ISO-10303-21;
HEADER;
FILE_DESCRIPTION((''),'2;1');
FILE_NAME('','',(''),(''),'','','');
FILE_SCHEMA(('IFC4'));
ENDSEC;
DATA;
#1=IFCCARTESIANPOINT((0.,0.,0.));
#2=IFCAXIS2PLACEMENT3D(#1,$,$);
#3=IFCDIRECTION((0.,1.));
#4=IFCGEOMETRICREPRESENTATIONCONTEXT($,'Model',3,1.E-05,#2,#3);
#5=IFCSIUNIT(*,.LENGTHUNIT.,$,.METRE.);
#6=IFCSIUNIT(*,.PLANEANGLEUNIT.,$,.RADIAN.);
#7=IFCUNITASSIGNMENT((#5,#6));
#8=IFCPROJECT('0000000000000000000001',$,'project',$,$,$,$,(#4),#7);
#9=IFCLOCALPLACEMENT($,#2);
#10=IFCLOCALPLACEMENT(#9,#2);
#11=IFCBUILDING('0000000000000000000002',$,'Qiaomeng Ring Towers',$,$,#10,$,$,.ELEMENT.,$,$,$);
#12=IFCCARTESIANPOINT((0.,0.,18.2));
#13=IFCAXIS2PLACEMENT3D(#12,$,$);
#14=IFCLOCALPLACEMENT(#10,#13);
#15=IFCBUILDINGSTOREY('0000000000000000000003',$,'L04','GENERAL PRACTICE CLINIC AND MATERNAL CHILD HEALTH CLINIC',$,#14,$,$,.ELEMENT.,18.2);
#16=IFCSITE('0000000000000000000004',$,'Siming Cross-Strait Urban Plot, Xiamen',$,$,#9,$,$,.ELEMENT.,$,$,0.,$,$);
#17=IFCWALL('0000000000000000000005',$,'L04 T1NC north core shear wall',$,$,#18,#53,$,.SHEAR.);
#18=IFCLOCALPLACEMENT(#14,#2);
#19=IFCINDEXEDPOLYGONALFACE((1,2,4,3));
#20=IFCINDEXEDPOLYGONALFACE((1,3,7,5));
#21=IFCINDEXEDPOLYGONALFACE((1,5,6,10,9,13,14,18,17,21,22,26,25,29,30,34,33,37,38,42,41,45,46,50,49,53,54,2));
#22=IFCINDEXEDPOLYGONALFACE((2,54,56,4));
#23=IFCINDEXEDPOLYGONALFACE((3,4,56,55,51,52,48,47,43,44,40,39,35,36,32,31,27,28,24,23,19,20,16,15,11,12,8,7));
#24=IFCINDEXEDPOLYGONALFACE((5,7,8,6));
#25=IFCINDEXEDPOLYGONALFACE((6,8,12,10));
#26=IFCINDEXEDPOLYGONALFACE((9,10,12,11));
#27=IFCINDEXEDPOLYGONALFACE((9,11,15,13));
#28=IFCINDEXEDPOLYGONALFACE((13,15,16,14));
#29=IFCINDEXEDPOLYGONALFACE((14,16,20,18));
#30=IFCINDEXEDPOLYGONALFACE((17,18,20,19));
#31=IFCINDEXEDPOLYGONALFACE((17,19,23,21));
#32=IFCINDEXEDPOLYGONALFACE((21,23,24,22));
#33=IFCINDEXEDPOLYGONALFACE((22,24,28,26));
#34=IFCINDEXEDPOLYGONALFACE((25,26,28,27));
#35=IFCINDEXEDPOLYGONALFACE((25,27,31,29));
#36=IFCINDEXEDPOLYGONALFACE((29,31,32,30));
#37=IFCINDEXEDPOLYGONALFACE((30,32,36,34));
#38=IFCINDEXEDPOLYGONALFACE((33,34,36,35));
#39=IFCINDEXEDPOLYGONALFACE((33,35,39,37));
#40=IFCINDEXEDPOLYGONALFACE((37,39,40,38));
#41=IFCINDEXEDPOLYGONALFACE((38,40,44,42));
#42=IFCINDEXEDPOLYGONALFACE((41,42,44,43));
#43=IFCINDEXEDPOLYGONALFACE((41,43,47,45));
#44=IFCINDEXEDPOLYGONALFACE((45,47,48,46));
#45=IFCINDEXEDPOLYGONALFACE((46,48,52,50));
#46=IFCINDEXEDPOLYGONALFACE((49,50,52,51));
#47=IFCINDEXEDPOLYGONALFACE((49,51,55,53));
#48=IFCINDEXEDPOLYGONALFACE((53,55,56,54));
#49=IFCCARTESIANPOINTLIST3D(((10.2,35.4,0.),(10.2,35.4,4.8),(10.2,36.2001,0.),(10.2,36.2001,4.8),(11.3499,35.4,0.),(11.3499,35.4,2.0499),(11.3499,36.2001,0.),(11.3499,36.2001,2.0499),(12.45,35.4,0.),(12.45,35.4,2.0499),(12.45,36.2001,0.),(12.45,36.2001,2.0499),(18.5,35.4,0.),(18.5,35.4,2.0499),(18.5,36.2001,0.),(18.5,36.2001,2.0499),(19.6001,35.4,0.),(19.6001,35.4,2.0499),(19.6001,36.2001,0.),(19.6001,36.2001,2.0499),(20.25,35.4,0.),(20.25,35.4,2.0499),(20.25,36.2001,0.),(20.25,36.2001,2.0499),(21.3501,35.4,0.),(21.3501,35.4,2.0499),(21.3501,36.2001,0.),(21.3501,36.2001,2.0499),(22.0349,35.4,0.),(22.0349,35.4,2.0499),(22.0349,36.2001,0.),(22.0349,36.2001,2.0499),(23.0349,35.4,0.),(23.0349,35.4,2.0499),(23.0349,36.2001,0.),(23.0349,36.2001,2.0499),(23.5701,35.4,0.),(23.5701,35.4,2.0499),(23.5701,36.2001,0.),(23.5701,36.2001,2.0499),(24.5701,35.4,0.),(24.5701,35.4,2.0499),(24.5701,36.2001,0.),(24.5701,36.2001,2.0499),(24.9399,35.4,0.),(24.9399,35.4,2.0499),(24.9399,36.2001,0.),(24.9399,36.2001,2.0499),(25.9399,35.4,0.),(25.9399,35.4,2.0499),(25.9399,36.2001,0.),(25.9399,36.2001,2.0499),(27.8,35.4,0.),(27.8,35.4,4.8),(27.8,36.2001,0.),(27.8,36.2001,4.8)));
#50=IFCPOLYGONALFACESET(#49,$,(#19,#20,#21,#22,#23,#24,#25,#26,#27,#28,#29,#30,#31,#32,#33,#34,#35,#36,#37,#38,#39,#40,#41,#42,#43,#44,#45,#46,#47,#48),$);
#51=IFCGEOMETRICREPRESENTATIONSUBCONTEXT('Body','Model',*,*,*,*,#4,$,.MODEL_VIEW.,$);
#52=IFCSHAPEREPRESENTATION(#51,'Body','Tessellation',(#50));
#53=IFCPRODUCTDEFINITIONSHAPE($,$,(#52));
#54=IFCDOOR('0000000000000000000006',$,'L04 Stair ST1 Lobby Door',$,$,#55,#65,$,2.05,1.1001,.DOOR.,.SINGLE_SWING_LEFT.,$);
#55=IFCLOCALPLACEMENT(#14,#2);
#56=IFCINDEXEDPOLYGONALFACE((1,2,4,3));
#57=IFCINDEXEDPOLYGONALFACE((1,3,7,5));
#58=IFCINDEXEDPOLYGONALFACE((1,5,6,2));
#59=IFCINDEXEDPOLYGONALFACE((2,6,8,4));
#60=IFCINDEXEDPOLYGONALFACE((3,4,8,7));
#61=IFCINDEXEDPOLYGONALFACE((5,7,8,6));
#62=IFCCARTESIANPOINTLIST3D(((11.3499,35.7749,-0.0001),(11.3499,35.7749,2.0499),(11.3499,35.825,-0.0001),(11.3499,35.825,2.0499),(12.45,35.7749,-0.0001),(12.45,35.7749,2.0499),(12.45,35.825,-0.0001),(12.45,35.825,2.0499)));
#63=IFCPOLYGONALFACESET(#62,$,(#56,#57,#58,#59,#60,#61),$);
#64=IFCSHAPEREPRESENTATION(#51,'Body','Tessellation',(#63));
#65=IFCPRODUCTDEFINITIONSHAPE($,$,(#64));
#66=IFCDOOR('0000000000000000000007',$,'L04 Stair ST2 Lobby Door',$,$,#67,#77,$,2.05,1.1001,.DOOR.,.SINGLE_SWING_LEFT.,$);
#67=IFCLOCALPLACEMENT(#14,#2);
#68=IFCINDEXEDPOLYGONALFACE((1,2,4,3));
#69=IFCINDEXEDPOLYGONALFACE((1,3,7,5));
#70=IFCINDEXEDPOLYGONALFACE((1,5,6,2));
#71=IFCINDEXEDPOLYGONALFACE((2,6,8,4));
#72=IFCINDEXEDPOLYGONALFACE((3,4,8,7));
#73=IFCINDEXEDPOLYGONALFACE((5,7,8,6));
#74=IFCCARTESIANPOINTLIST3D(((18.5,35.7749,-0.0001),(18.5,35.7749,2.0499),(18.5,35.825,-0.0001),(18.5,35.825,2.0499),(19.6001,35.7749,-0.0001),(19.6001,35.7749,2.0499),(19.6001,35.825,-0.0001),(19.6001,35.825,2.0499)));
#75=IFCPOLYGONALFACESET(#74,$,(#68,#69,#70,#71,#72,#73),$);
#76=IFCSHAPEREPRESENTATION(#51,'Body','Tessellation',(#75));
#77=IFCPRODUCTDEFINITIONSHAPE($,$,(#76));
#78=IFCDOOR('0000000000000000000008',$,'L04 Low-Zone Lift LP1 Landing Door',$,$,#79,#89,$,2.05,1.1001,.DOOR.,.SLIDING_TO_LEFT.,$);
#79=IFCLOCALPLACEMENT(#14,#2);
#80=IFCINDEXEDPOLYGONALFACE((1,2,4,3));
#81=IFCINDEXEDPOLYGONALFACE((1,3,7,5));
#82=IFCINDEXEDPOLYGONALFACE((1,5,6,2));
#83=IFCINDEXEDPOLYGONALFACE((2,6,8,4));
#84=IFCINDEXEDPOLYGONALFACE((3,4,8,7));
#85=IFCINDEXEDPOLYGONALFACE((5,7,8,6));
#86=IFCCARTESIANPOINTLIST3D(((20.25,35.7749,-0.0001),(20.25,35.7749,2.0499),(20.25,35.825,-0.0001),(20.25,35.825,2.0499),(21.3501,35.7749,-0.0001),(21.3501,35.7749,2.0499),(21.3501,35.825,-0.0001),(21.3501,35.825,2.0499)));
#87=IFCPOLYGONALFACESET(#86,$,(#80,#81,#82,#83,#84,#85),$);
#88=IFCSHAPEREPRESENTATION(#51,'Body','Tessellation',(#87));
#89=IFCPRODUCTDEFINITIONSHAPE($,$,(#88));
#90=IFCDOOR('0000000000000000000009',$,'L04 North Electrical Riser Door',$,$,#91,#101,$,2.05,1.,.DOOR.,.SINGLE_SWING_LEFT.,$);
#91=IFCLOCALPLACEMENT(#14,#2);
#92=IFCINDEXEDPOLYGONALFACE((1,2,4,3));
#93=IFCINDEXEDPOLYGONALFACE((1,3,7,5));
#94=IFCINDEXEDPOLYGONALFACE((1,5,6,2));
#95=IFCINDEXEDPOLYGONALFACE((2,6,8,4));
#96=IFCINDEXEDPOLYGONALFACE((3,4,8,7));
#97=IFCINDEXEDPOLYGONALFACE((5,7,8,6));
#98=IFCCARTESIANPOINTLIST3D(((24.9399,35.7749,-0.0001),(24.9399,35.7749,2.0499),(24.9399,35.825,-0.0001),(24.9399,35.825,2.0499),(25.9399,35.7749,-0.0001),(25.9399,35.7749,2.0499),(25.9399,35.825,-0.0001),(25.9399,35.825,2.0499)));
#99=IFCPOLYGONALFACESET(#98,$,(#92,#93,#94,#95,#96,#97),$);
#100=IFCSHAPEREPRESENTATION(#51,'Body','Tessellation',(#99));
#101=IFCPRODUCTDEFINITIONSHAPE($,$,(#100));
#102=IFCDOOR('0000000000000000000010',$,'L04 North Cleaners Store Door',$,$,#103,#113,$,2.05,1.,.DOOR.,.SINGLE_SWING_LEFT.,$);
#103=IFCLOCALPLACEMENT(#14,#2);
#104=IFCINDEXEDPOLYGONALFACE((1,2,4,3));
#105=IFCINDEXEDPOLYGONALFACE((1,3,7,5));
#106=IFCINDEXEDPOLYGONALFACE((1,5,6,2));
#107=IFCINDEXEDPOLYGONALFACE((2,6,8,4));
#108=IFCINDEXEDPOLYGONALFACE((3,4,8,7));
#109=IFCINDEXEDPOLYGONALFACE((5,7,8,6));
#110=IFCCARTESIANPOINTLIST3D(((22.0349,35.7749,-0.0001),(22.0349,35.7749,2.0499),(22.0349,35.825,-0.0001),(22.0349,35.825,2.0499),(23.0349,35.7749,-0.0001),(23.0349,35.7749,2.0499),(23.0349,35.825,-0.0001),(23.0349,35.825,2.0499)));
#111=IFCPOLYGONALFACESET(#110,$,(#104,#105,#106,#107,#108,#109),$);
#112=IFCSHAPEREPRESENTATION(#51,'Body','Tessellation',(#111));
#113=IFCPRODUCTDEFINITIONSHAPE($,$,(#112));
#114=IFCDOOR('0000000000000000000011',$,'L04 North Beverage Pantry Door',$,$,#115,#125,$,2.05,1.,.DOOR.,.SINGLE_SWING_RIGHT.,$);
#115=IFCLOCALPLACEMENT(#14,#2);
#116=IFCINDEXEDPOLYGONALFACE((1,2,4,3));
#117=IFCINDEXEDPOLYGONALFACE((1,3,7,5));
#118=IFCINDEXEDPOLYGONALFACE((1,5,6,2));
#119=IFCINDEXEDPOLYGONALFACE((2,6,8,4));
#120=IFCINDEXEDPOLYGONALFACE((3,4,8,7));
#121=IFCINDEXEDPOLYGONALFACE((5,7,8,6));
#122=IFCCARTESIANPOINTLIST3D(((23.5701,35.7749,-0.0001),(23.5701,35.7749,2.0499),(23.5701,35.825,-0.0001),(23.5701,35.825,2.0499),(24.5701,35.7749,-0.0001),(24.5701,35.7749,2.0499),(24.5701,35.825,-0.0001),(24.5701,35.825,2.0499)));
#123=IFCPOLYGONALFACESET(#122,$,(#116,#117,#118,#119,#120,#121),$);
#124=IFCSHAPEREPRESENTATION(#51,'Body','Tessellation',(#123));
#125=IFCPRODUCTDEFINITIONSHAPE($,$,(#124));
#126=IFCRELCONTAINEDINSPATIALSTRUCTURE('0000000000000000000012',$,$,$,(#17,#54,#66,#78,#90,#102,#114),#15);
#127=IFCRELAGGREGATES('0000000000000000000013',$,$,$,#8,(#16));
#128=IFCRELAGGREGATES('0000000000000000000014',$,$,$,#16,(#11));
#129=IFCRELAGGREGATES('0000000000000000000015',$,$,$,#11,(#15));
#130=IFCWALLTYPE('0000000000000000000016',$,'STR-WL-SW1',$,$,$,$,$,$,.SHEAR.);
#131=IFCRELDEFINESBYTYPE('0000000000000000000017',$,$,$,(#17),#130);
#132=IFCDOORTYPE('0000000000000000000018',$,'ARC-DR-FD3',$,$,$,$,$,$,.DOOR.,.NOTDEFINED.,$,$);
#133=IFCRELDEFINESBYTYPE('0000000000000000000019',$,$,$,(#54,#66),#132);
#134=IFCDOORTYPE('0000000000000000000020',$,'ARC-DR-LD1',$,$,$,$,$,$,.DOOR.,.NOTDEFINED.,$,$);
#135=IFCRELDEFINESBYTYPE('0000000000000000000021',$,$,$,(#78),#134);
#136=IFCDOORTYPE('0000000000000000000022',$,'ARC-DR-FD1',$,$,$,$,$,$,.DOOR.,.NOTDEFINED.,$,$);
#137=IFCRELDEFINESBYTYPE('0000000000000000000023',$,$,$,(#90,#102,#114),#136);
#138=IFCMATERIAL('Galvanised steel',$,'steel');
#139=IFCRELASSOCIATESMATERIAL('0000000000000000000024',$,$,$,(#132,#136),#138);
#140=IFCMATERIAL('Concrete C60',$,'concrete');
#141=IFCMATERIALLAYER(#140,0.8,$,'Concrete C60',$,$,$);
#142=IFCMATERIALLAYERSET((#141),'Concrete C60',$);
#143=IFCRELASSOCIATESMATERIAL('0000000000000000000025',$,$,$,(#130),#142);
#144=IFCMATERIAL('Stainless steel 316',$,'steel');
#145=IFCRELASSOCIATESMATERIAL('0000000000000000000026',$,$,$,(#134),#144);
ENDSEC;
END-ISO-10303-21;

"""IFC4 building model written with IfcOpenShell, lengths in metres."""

from ifc_helpers import new_model, si_unit, direction, frame, frame_2d, origin, place, context, subcontext, project, spatial, rectangle, extrude, source, transform, mapped, material, layer, layer_set, type_object, element, fill, save


model = new_model("IFC4")

# Units and contexts
model_context = context("Model", 3, precision=1e-05, world=origin(), true_north=direction((0.0, 1.0)))
body_context = subcontext(model_context, "Body", "Model", "MODEL_VIEW")
ifc_project = project(units=[si_unit("LENGTHUNIT", "METRE"), si_unit("PLANEANGLEUNIT", "RADIAN")], contexts=[model_context])

# Site, building, storey
site_placement = place(None, origin())
site = spatial("IfcSite", under=ifc_project, at=site_placement, Name="Siming Cross-Strait Urban Plot, Xiamen", CompositionType="ELEMENT", RefElevation=0.0)
building_placement = place(site_placement, origin())
building = spatial("IfcBuilding", under=site, at=building_placement, Name="Qiaomeng Ring Towers", CompositionType="ELEMENT")
storey_placement = place(building_placement, frame((0.0, 0.0, 18.2)))
storey = spatial("IfcBuildingStorey", under=building, at=storey_placement, Name="L04", Description="GENERAL PRACTICE CLINIC AND MATERNAL CHILD HEALTH CLINIC", CompositionType="ELEMENT", Elevation=18.2)

# Shared definitions
ifc_material_1 = material(Name="Concrete C60", Category="concrete")

# Shared definitions
shared_shape_1 = source(origin(), body_context, "Body", "SweptSolid", [
    extrude(rectangle(XDim=1.0, YDim=2.05, at=frame_2d((0.5, 1.0249))), frame((0.0, 0.0249, 0.0), z_axis=(0.0, -1.0, 0.0), x_axis=(1.0, 0.0, 0.0)), (0.0, 0.0, 1.0), 0.05),
])

# Shared definitions
ifc_material_2 = material(Name="Galvanised steel", Category="steel")
door_type_1 = type_object("IfcDoorType", Name="ARC-DR-FD3", OperationType="NOTDEFINED", PredefinedType="DOOR", material=ifc_material_2)
shared_shape_2 = source(origin(), body_context, "Body", "SweptSolid", [
    extrude(rectangle(XDim=1.1001, YDim=2.05, at=frame_2d((0.55, 1.0249))), frame((0.0, 0.0249, 0.0), z_axis=(0.0, -1.0, 0.0), x_axis=(1.0, 0.0, 0.0)), (0.0, 0.0, 1.0), 0.05),
])

# Wall, openings, doors
ifc_layer_1 = layer(ifc_material_1, 0.8, Name="Concrete C60")
ifc_layer_set_1 = layer_set([ifc_layer_1], Name="Concrete C60")
wall_type_1 = type_object("IfcWallType", Name="STR-WL-SW1", PredefinedType="SHEAR", material=ifc_layer_set_1)
wall_1_placement = place(storey_placement, frame((10.2, 35.8, 0.0), z_axis=(0.0, 0.0, 1.0), x_axis=(1.0, 0.0, 0.0)))
wall_1 = element("IfcWall", 1, at=wall_1_placement, inside=storey, type_object=wall_type_1, Name="L04 T1NC north core shear wall", PredefinedType="SHEAR", context=body_context, shape_type="SweptSolid", body=[
    extrude(rectangle(XDim=17.6001, YDim=0.8, at=frame_2d((8.8, 0.0))), origin(), (0.0, 0.0, 1.0), 4.8),
])
opening_1_placement = place(wall_1_placement, frame((1.1499, 0.0, 0.0)))
opening_1 = element("IfcOpeningElement", 2, at=opening_1_placement, cuts=wall_1, PredefinedType="OPENING", context=body_context, shape_type="SweptSolid", body=[
    extrude(rectangle(XDim=1.1001, YDim=2.05, at=frame_2d((0.55, 1.0249))), frame((0.0, 0.4099, 0.0), z_axis=(0.0, -1.0, 0.0), x_axis=(1.0, 0.0, 0.0)), (0.0, 0.0, 1.0), 0.8201),
])
opening_2_placement = place(wall_1_placement, frame((8.3, 0.0, 0.0)))
opening_2 = element("IfcOpeningElement", 3, at=opening_2_placement, cuts=wall_1, PredefinedType="OPENING", context=body_context, shape_type="SweptSolid", body=[
    extrude(rectangle(XDim=1.1001, YDim=2.05, at=frame_2d((0.55, 1.0249))), frame((0.0, 0.4099, 0.0), z_axis=(0.0, -1.0, 0.0), x_axis=(1.0, 0.0, 0.0)), (0.0, 0.0, 1.0), 0.8201),
])
opening_3_placement = place(wall_1_placement, frame((10.05, 0.0, 0.0)))
opening_3 = element("IfcOpeningElement", 4, at=opening_3_placement, cuts=wall_1, PredefinedType="OPENING", context=body_context, shape_type="SweptSolid", body=[
    extrude(rectangle(XDim=1.1001, YDim=2.05, at=frame_2d((0.55, 1.0249))), frame((0.0, 0.4099, 0.0), z_axis=(0.0, -1.0, 0.0), x_axis=(1.0, 0.0, 0.0)), (0.0, 0.0, 1.0), 0.8201),
])
opening_4_placement = place(wall_1_placement, frame((14.74, 0.0, 0.0)))
opening_4 = element("IfcOpeningElement", 5, at=opening_4_placement, cuts=wall_1, PredefinedType="OPENING", context=body_context, shape_type="SweptSolid", body=[
    extrude(rectangle(XDim=1.0, YDim=2.05, at=frame_2d((0.5, 1.0249))), frame((0.0, 0.4099, 0.0), z_axis=(0.0, -1.0, 0.0), x_axis=(1.0, 0.0, 0.0)), (0.0, 0.0, 1.0), 0.8201),
])
opening_5_placement = place(wall_1_placement, frame((11.835, 0.0, 0.0)))
opening_5 = element("IfcOpeningElement", 6, at=opening_5_placement, cuts=wall_1, PredefinedType="OPENING", context=body_context, shape_type="SweptSolid", body=[
    extrude(rectangle(XDim=1.0, YDim=2.05, at=frame_2d((0.5, 1.0249))), frame((0.0, 0.4099, 0.0), z_axis=(0.0, -1.0, 0.0), x_axis=(1.0, 0.0, 0.0)), (0.0, 0.0, 1.0), 0.8201),
])
opening_6_placement = place(wall_1_placement, frame((13.3701, 0.0, 0.0)))
opening_6 = element("IfcOpeningElement", 7, at=opening_6_placement, cuts=wall_1, PredefinedType="OPENING", context=body_context, shape_type="SweptSolid", body=[
    extrude(rectangle(XDim=1.0, YDim=2.05, at=frame_2d((0.5, 1.0249))), frame((0.0, 0.4099, 0.0), z_axis=(0.0, -1.0, 0.0), x_axis=(1.0, 0.0, 0.0)), (0.0, 0.0, 1.0), 0.8201),
])
door_1_placement = place(opening_1_placement, origin())
door_1 = element("IfcDoor", 8, at=door_1_placement, inside=storey, type_object=door_type_1, Name="L04 Stair ST1 Lobby Door", OperationType="SINGLE_SWING_LEFT", OverallHeight=2.05, OverallWidth=1.1001, PredefinedType="DOOR", context=body_context, shape_type="MappedRepresentation", body=[
    mapped(shared_shape_2, transform((0.0, 0.0, 0.0), x_axis=(1.0, 0.0, 0.0), y_axis=(0.0, 1.0, 0.0), z_axis=(0.0, 0.0, 1.0), scale=1.0)),
])
fill(opening_1, door_1)
door_2_placement = place(opening_2_placement, origin())
door_2 = element("IfcDoor", 9, at=door_2_placement, inside=storey, type_object=door_type_1, Name="L04 Stair ST2 Lobby Door", OperationType="SINGLE_SWING_LEFT", OverallHeight=2.05, OverallWidth=1.1001, PredefinedType="DOOR", context=body_context, shape_type="MappedRepresentation", body=[
    mapped(shared_shape_2, transform((0.0, 0.0, 0.0), x_axis=(1.0, 0.0, 0.0), y_axis=(0.0, 1.0, 0.0), z_axis=(0.0, 0.0, 1.0), scale=1.0)),
])
fill(opening_2, door_2)
ifc_material_3 = material(Name="Stainless steel 316", Category="steel")
door_type_2 = type_object("IfcDoorType", Name="ARC-DR-LD1", OperationType="NOTDEFINED", PredefinedType="DOOR", material=ifc_material_3)
door_3_placement = place(opening_3_placement, origin())
door_3 = element("IfcDoor", 10, at=door_3_placement, inside=storey, type_object=door_type_2, Name="L04 Low-Zone Lift LP1 Landing Door", OperationType="SLIDING_TO_LEFT", OverallHeight=2.05, OverallWidth=1.1001, PredefinedType="DOOR", context=body_context, shape_type="MappedRepresentation", body=[
    mapped(shared_shape_2, transform((0.0, 0.0, 0.0), x_axis=(1.0, 0.0, 0.0), y_axis=(0.0, 1.0, 0.0), z_axis=(0.0, 0.0, 1.0), scale=1.0)),
])
fill(opening_3, door_3)
door_type_3 = type_object("IfcDoorType", Name="ARC-DR-FD1", OperationType="NOTDEFINED", PredefinedType="DOOR", material=ifc_material_2)
door_4_placement = place(opening_4_placement, origin())
door_4 = element("IfcDoor", 11, at=door_4_placement, inside=storey, type_object=door_type_3, Name="L04 North Electrical Riser Door", OperationType="SINGLE_SWING_LEFT", OverallHeight=2.05, OverallWidth=1.0, PredefinedType="DOOR", context=body_context, shape_type="MappedRepresentation", body=[
    mapped(shared_shape_1, transform((0.0, 0.0, 0.0), x_axis=(1.0, 0.0, 0.0), y_axis=(0.0, 1.0, 0.0), z_axis=(0.0, 0.0, 1.0), scale=1.0)),
])
fill(opening_4, door_4)
door_5_placement = place(opening_5_placement, origin())
door_5 = element("IfcDoor", 12, at=door_5_placement, inside=storey, type_object=door_type_3, Name="L04 North Cleaners Store Door", OperationType="SINGLE_SWING_LEFT", OverallHeight=2.05, OverallWidth=1.0, PredefinedType="DOOR", context=body_context, shape_type="MappedRepresentation", body=[
    mapped(shared_shape_1, transform((0.0, 0.0, 0.0), x_axis=(1.0, 0.0, 0.0), y_axis=(0.0, 1.0, 0.0), z_axis=(0.0, 0.0, 1.0), scale=1.0)),
])
fill(opening_5, door_5)
door_6_placement = place(opening_6_placement, origin())
door_6 = element("IfcDoor", 13, at=door_6_placement, inside=storey, type_object=door_type_3, Name="L04 North Beverage Pantry Door", OperationType="SINGLE_SWING_RIGHT", OverallHeight=2.05, OverallWidth=1.0, PredefinedType="DOOR", context=body_context, shape_type="MappedRepresentation", body=[
    mapped(shared_shape_1, transform((0.0, 0.0, 0.0), x_axis=(1.0, 0.0, 0.0), y_axis=(0.0, 1.0, 0.0), z_axis=(0.0, 0.0, 1.0), scale=1.0)),
])
fill(opening_6, door_6)

save(model, "model.ifc")
